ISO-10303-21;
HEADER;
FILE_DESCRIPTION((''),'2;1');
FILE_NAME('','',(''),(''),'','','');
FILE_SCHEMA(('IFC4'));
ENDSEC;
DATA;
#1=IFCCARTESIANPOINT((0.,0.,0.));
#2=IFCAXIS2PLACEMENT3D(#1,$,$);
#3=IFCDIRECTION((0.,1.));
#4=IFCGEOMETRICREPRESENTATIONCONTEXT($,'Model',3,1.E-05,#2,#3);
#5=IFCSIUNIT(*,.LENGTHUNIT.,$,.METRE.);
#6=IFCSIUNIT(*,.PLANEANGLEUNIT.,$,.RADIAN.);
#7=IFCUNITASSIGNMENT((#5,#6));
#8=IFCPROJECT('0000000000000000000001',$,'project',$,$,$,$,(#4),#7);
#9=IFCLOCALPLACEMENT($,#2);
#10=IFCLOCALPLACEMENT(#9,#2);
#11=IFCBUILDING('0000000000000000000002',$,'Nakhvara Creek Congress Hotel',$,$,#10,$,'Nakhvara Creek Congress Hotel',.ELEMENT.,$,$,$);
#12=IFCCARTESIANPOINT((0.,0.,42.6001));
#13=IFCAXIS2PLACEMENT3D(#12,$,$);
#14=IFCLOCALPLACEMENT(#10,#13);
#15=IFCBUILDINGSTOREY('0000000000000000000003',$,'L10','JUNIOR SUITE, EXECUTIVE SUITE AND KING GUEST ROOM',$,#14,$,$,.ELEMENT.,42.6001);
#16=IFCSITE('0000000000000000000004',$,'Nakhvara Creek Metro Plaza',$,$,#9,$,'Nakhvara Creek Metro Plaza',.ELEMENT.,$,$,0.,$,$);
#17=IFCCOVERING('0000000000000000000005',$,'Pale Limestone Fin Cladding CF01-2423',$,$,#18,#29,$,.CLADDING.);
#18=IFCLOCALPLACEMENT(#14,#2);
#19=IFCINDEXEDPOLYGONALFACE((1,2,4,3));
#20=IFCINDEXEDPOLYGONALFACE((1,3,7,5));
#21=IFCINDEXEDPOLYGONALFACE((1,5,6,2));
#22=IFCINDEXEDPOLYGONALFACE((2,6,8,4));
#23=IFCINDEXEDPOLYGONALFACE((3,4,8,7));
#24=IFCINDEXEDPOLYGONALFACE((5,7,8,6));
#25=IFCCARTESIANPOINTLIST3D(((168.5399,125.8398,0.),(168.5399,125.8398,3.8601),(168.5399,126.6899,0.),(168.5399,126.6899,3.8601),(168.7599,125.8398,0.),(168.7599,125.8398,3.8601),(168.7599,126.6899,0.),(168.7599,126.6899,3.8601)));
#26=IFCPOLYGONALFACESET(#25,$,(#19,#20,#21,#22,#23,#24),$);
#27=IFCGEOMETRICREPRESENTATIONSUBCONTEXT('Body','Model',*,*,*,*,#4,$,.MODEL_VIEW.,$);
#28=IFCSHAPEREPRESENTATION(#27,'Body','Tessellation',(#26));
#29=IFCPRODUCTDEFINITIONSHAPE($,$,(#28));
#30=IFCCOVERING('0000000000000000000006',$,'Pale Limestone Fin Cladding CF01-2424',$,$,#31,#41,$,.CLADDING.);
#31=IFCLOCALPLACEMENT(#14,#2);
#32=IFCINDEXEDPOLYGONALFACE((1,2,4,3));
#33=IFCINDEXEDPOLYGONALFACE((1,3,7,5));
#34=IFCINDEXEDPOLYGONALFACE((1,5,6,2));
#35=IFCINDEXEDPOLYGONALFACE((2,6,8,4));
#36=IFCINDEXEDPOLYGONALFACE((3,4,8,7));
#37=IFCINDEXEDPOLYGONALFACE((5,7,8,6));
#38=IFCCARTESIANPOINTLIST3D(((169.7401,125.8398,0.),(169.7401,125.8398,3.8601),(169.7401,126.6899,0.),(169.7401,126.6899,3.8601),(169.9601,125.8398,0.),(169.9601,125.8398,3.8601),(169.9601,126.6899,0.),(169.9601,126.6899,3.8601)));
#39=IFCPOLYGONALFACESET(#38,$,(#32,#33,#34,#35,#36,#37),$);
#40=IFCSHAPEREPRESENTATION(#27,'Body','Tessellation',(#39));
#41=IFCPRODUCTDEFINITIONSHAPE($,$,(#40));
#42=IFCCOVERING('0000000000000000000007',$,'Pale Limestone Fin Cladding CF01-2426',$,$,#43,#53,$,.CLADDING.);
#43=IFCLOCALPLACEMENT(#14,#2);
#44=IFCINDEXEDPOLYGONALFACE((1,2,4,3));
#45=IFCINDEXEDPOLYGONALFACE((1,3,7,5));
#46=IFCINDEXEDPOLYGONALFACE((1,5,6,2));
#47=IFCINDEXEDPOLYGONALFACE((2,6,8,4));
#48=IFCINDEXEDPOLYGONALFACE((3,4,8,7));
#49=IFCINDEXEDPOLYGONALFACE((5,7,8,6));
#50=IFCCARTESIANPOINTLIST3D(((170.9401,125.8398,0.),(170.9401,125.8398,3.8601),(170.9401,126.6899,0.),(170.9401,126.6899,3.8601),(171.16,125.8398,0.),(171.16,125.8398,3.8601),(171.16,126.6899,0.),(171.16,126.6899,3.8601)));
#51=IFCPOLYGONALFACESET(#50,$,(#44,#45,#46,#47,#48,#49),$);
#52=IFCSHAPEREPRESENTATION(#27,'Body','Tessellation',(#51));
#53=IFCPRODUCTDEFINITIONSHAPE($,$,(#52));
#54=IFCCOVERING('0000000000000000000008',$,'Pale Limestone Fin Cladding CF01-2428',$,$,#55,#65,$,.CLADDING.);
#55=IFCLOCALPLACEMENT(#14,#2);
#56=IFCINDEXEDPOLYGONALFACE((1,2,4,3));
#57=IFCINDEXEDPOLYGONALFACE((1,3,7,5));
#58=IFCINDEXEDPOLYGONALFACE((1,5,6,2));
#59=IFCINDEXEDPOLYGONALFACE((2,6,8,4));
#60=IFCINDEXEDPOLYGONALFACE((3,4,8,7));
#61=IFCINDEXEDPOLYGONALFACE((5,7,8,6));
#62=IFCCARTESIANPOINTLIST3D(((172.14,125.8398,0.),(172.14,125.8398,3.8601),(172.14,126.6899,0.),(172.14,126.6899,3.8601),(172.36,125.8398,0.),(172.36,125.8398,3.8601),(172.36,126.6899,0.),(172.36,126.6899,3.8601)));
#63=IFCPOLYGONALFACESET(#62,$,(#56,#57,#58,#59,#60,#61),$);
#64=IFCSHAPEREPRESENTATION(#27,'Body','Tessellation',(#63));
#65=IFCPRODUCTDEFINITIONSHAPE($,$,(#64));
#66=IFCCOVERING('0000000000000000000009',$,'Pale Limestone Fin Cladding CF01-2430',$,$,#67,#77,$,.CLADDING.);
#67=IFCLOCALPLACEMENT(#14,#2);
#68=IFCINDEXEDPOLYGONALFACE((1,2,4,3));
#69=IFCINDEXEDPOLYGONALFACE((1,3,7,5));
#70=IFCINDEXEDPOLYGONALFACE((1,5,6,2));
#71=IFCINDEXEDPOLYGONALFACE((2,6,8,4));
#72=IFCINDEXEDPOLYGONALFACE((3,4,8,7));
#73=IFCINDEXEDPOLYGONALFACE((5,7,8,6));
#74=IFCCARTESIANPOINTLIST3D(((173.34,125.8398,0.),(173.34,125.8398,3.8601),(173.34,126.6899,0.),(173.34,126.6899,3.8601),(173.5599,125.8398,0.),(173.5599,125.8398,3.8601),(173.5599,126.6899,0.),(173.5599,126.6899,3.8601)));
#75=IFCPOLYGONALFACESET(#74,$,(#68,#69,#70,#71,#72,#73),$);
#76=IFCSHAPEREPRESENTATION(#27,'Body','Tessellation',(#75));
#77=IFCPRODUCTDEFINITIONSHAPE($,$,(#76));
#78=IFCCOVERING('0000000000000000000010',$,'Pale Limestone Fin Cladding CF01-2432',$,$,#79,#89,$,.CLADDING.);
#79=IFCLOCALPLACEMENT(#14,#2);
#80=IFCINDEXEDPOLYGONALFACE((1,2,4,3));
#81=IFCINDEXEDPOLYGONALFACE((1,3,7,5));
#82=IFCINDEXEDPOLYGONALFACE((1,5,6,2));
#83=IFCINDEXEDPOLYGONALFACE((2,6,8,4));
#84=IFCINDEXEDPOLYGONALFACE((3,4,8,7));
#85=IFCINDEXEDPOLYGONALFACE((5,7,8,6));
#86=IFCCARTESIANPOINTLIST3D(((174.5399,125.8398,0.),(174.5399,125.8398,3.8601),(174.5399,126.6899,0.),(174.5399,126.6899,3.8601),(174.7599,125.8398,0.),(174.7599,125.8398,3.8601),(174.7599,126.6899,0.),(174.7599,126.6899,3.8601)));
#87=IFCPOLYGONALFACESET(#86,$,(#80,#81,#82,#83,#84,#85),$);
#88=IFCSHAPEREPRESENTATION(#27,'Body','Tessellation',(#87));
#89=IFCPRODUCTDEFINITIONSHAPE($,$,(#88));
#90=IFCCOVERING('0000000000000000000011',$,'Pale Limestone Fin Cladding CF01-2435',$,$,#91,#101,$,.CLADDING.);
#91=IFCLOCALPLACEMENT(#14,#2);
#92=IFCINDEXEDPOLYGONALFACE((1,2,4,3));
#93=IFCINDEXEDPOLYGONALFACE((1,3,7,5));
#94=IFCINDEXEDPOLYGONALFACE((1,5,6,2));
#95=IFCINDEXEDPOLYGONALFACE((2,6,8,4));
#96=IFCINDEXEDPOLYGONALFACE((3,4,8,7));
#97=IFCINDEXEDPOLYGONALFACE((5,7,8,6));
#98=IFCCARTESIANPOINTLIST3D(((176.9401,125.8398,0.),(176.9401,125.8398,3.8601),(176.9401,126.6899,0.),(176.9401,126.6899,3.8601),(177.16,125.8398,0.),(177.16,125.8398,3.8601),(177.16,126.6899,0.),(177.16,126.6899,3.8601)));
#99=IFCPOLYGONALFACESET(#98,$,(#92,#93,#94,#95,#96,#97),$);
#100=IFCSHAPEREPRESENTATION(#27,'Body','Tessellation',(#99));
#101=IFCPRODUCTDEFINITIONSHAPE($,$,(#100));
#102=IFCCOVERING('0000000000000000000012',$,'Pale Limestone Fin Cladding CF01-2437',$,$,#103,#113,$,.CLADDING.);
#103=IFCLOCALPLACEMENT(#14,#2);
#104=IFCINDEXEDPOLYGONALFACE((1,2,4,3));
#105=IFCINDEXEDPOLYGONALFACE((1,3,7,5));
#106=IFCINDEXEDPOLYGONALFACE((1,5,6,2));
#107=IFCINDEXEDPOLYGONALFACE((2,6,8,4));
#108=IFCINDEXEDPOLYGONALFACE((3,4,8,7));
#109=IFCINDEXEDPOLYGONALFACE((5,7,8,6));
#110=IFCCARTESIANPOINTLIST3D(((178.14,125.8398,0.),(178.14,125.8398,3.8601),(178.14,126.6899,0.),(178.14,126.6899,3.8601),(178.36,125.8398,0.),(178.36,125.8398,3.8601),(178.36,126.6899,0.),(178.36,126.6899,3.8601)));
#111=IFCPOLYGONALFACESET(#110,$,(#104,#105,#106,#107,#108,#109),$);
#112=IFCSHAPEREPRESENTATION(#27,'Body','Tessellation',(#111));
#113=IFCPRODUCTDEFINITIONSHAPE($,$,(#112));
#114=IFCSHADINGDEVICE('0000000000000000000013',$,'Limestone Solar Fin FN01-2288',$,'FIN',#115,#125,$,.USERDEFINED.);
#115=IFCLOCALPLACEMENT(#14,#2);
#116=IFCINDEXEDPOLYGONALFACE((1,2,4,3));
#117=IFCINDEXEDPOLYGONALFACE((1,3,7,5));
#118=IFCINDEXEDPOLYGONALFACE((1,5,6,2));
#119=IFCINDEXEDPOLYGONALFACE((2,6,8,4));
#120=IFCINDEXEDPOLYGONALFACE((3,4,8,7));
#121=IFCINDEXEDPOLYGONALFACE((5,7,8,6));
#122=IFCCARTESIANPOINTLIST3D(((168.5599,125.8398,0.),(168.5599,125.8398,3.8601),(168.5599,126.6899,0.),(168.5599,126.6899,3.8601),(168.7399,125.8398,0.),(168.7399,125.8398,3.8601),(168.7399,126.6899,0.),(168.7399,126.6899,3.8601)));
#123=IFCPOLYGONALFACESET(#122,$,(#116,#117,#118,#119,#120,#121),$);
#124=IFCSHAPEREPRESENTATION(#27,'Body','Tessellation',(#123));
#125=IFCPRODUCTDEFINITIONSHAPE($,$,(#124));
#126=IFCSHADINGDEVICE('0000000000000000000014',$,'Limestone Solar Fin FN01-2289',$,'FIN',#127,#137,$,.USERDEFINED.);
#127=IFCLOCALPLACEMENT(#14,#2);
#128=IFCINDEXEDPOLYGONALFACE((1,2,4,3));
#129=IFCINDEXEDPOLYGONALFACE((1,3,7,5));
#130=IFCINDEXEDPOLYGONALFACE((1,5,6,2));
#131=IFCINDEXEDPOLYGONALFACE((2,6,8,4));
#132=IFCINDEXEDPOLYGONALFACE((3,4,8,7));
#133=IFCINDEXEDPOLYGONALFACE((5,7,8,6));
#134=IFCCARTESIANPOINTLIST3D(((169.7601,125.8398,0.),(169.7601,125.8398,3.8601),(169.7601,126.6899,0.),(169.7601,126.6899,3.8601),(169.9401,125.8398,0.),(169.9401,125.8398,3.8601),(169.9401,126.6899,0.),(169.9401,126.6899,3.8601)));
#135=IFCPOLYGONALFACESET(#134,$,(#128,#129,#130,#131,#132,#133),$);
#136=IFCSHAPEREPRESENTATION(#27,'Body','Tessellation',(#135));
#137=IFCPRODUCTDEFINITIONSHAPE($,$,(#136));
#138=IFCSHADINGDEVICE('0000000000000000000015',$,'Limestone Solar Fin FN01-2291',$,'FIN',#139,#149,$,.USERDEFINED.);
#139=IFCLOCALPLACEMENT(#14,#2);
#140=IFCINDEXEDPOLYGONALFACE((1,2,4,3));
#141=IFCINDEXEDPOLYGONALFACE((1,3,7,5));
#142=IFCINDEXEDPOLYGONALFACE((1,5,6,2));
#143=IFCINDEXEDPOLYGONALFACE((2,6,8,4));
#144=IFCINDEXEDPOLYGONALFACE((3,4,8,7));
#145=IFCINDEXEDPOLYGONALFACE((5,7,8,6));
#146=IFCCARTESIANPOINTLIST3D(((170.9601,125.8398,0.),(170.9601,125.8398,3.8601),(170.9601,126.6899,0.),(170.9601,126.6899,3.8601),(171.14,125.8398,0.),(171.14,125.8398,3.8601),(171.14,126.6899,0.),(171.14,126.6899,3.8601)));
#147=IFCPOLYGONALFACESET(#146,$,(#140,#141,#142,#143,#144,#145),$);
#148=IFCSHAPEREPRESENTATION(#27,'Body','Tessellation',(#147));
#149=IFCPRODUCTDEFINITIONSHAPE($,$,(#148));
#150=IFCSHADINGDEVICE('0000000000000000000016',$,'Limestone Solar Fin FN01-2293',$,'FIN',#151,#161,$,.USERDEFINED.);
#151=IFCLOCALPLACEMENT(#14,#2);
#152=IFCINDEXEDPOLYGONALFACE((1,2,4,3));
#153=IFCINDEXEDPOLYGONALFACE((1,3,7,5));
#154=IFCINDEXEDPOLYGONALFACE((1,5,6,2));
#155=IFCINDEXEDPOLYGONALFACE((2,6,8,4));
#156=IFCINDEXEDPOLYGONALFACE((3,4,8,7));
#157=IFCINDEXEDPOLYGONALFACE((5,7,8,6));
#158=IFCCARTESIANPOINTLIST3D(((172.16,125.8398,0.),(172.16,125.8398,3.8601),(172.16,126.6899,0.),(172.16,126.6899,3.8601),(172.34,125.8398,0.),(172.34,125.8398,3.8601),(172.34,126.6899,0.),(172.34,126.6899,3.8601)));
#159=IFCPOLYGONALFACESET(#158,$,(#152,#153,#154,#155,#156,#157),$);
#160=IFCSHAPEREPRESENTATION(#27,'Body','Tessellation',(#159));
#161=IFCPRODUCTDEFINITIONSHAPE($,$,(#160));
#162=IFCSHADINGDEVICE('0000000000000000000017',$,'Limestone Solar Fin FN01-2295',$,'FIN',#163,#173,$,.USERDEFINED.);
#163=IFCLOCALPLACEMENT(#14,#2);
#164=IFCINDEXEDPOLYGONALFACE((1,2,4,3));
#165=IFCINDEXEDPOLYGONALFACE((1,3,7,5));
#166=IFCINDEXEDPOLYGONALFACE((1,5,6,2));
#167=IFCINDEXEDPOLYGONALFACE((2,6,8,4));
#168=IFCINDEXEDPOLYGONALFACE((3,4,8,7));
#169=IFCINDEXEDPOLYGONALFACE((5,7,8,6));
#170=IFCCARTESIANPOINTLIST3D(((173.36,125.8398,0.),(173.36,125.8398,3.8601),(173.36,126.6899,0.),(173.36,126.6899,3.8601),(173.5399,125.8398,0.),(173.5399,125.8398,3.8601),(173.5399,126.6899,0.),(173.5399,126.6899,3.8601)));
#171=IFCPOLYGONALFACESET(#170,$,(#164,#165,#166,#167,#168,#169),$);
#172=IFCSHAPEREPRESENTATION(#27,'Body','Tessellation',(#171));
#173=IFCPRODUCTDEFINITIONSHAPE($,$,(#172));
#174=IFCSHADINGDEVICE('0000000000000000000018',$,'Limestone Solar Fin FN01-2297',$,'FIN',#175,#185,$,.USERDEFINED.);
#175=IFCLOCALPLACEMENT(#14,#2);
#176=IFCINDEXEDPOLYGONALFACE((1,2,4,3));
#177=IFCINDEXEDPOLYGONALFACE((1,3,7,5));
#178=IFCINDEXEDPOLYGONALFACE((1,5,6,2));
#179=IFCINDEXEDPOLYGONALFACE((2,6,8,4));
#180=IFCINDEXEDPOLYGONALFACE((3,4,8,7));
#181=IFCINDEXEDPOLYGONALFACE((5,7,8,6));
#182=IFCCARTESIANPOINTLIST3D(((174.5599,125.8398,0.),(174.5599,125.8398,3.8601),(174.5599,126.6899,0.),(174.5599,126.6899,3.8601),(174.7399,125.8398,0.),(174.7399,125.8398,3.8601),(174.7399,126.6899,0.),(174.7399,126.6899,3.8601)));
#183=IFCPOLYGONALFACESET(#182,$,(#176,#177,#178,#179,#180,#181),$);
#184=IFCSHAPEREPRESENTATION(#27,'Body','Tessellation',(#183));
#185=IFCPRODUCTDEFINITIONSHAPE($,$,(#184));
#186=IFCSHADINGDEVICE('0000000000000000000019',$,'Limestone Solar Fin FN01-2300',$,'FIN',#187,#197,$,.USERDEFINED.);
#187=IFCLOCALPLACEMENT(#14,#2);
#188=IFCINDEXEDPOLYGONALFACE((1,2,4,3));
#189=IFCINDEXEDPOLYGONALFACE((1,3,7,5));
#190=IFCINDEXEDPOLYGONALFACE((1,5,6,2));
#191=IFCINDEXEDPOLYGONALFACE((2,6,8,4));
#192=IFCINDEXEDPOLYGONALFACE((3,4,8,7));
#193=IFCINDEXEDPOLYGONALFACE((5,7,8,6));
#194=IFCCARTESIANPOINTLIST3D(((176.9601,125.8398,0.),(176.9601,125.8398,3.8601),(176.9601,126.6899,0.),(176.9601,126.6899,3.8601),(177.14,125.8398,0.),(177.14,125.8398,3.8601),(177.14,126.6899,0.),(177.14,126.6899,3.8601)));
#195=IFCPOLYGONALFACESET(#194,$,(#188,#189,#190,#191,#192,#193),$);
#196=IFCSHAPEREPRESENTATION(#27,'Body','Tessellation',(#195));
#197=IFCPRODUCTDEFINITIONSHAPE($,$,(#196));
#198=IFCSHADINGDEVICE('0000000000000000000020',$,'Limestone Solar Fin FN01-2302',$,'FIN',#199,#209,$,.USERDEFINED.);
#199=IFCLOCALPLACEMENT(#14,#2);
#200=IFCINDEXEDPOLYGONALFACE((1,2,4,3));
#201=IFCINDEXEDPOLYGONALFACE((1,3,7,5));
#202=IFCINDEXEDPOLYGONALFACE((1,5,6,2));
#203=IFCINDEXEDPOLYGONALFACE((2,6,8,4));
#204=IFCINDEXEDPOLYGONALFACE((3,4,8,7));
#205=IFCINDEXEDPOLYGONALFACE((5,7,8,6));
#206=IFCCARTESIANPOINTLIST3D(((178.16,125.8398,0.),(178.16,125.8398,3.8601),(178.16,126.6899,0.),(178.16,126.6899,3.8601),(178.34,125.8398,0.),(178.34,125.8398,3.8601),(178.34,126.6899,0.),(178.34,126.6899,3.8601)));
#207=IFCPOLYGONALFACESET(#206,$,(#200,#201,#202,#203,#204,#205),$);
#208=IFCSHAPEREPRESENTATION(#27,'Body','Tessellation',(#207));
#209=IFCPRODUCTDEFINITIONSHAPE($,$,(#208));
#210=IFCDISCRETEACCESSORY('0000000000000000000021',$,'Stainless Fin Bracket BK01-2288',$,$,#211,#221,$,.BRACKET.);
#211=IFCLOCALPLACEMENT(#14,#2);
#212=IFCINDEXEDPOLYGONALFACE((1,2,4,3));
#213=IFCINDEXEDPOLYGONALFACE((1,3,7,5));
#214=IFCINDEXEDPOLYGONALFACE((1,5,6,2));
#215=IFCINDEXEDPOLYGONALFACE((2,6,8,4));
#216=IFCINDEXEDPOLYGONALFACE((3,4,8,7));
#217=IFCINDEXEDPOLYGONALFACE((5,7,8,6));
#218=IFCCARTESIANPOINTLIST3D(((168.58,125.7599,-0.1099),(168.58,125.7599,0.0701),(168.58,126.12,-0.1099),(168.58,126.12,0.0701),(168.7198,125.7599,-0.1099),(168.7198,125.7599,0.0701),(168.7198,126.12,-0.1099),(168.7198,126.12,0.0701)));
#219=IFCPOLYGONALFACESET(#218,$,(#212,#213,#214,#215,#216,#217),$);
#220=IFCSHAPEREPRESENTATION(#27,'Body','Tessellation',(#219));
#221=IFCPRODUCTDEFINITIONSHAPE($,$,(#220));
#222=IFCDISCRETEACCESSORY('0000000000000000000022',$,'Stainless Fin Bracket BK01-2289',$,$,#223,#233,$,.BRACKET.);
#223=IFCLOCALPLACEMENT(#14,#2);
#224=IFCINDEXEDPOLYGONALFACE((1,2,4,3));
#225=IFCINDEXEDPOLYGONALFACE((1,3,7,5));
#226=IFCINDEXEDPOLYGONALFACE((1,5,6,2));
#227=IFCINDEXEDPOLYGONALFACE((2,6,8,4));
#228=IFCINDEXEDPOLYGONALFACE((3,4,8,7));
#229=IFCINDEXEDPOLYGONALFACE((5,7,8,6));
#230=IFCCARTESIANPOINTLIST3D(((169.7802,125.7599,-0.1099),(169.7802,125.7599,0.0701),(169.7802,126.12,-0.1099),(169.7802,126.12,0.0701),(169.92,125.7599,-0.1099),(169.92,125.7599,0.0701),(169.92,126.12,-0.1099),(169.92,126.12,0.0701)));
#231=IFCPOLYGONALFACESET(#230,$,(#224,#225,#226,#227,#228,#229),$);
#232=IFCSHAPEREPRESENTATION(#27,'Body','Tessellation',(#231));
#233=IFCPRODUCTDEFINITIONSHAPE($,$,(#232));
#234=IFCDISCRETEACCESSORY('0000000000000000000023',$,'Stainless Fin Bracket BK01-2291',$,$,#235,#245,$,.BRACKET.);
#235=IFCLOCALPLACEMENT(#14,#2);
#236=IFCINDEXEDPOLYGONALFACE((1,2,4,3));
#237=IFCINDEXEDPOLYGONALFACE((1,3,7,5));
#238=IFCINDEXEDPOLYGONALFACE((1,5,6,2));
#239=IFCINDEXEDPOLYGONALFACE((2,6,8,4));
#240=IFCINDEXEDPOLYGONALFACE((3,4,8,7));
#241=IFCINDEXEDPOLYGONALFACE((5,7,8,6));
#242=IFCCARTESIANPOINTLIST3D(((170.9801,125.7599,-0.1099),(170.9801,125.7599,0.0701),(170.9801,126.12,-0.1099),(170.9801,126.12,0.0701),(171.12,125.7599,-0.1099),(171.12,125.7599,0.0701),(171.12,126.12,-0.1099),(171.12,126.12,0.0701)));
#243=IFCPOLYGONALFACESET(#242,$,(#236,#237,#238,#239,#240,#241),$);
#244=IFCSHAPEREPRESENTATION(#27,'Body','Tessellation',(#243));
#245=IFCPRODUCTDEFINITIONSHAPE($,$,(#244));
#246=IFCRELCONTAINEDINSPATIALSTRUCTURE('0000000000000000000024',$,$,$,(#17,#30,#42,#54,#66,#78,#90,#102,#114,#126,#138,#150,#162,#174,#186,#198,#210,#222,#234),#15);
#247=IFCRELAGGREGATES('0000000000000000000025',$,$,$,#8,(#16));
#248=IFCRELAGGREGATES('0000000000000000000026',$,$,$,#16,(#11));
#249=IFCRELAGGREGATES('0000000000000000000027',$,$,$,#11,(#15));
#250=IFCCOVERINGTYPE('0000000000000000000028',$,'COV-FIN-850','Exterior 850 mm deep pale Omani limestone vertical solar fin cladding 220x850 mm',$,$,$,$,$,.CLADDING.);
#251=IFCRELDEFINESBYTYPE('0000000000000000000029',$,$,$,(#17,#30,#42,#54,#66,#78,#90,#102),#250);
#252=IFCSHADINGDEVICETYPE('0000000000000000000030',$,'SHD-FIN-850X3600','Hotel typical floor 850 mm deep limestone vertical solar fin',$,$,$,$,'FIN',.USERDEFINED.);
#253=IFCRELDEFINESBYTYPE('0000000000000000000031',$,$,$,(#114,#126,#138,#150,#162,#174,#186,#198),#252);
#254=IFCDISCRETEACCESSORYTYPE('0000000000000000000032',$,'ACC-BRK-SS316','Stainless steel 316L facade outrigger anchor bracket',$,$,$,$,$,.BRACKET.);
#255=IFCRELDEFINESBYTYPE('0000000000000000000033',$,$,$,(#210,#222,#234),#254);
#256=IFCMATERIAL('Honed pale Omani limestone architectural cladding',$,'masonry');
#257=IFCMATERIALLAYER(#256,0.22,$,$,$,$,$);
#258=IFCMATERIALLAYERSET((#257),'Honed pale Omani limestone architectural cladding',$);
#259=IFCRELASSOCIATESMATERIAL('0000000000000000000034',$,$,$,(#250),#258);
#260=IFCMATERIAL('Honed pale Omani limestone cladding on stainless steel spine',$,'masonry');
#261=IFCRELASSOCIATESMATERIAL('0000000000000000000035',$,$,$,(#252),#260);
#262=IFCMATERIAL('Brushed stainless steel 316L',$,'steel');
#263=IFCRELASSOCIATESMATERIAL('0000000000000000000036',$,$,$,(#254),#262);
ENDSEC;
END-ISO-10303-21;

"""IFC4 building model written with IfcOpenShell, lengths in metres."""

from ifc_helpers import new_model, si_unit, direction, frame, origin, origin_2d, place, context, subcontext, project, spatial, rectangle, extrude, material, layer, layer_set, type_object, element, save


model = new_model("IFC4")

# Units and contexts
model_context = context("Model", 3, precision=1e-05, world=origin(), true_north=direction((0.0, 1.0)))
body_context = subcontext(model_context, "Body", "Model", "MODEL_VIEW")
ifc_project = project(units=[si_unit("LENGTHUNIT", "METRE"), si_unit("PLANEANGLEUNIT", "RADIAN")], contexts=[model_context])

# Site, building, storey
site_placement = place(None, origin())
site = spatial("IfcSite", under=ifc_project, at=site_placement, Name="Nakhvara Creek Metro Plaza", LongName="Nakhvara Creek Metro Plaza", CompositionType="ELEMENT", RefElevation=0.0)
building_placement = place(site_placement, origin())
building = spatial("IfcBuilding", under=site, at=building_placement, Name="Nakhvara Creek Congress Hotel", LongName="Nakhvara Creek Congress Hotel", CompositionType="ELEMENT")
storey_placement = place(building_placement, frame((0.0, 0.0, 42.6001)))
storey = spatial("IfcBuildingStorey", under=building, at=storey_placement, Name="L10", Description="JUNIOR SUITE, EXECUTIVE SUITE AND KING GUEST ROOM", CompositionType="ELEMENT", Elevation=42.6001)

# Coverings
ifc_material_1 = material(Name="Honed pale Omani limestone architectural cladding", Category="masonry")
ifc_layer_1 = layer(ifc_material_1, 0.22)
ifc_layer_set_1 = layer_set([ifc_layer_1], Name="Honed pale Omani limestone architectural cladding")
covering_type = type_object("IfcCoveringType", Name="COV-FIN-850", Description="Exterior 850 mm deep pale Omani limestone vertical solar fin cladding 220x850 mm", PredefinedType="CLADDING", material=ifc_layer_set_1)
for number, where, z_axis, x_axis, name in (
    (1, (168.6499, 126.2649, 0.0), (0.0, 0.0, 1.0), (1.0, 0.0, 0.0), "Pale Limestone Fin Cladding CF01-2423"),
    (2, (169.8501, 126.2649, 0.0), (0.0, 0.0, 1.0), (1.0, 0.0, 0.0), "Pale Limestone Fin Cladding CF01-2424"),
    (3, (171.05, 126.2649, 0.0), (0.0, 0.0, 1.0), (1.0, 0.0, 0.0), "Pale Limestone Fin Cladding CF01-2426"),
    (4, (172.25, 126.2649, 0.0), (0.0, 0.0, 1.0), (1.0, 0.0, 0.0), "Pale Limestone Fin Cladding CF01-2428"),
    (5, (173.45, 126.2649, 0.0), (0.0, 0.0, 1.0), (1.0, 0.0, 0.0), "Pale Limestone Fin Cladding CF01-2430"),
    (6, (174.6499, 126.2649, 0.0), (0.0, 0.0, 1.0), (1.0, 0.0, 0.0), "Pale Limestone Fin Cladding CF01-2432"),
    (7, (177.05, 126.2649, 0.0), (0.0, 0.0, 1.0), (1.0, 0.0, 0.0), "Pale Limestone Fin Cladding CF01-2435"),
    (8, (178.25, 126.2649, 0.0), (0.0, 0.0, 1.0), (1.0, 0.0, 0.0), "Pale Limestone Fin Cladding CF01-2437"),
):
    element("IfcCovering", number, at=place(storey_placement, frame(where, z_axis=z_axis, x_axis=x_axis)), inside=storey, type_object=covering_type, Name=name, PredefinedType="CLADDING", context=body_context, shape_type="SweptSolid", body=[
        extrude(rectangle(XDim=0.22, YDim=0.8501, at=origin_2d()), origin(), (0.0, 0.0, 1.0), 3.8601),
    ])

# Shading devices
ifc_material_2 = material(Name="Honed pale Omani limestone cladding on stainless steel spine", Category="masonry")
shading_device_type = type_object("IfcShadingDeviceType", Name="SHD-FIN-850X3600", Description="Hotel typical floor 850 mm deep limestone vertical solar fin", ElementType="FIN", PredefinedType="USERDEFINED", material=ifc_material_2)
for number, where, z_axis, x_axis, name in (
    (9, (168.6499, 126.2649, 0.0), (0.0, 0.0, 1.0), (1.0, 0.0, 0.0), "Limestone Solar Fin FN01-2288"),
    (10, (169.8501, 126.2649, 0.0), (0.0, 0.0, 1.0), (1.0, 0.0, 0.0), "Limestone Solar Fin FN01-2289"),
    (11, (171.05, 126.2649, 0.0), (0.0, 0.0, 1.0), (1.0, 0.0, 0.0), "Limestone Solar Fin FN01-2291"),
    (12, (172.25, 126.2649, 0.0), (0.0, 0.0, 1.0), (1.0, 0.0, 0.0), "Limestone Solar Fin FN01-2293"),
    (13, (173.45, 126.2649, 0.0), (0.0, 0.0, 1.0), (1.0, 0.0, 0.0), "Limestone Solar Fin FN01-2295"),
    (14, (174.6499, 126.2649, 0.0), (0.0, 0.0, 1.0), (1.0, 0.0, 0.0), "Limestone Solar Fin FN01-2297"),
    (15, (177.05, 126.2649, 0.0), (0.0, 0.0, 1.0), (1.0, 0.0, 0.0), "Limestone Solar Fin FN01-2300"),
    (16, (178.25, 126.2649, 0.0), (0.0, 0.0, 1.0), (1.0, 0.0, 0.0), "Limestone Solar Fin FN01-2302"),
):
    element("IfcShadingDevice", number, at=place(storey_placement, frame(where, z_axis=z_axis, x_axis=x_axis)), inside=storey, type_object=shading_device_type, Name=name, ObjectType="FIN", PredefinedType="USERDEFINED", context=body_context, shape_type="SweptSolid", body=[
        extrude(rectangle(XDim=0.1799, YDim=0.8501, at=origin_2d()), origin(), (0.0, 0.0, 1.0), 3.8601),
    ])

# Discrete accessories
ifc_material_3 = material(Name="Brushed stainless steel 316L", Category="steel")
discrete_accessory_type = type_object("IfcDiscreteAccessoryType", Name="ACC-BRK-SS316", Description="Stainless steel 316L facade outrigger anchor bracket", PredefinedType="BRACKET", material=ifc_material_3)
for number, where, z_axis, x_axis, name in (
    (17, (168.6499, 125.9399, -0.1099), (0.0, 0.0, 1.0), (1.0, 0.0, 0.0), "Stainless Fin Bracket BK01-2288"),
    (18, (169.8501, 125.9399, -0.1099), (0.0, 0.0, 1.0), (1.0, 0.0, 0.0), "Stainless Fin Bracket BK01-2289"),
    (19, (171.05, 125.9399, -0.1099), (0.0, 0.0, 1.0), (1.0, 0.0, 0.0), "Stainless Fin Bracket BK01-2291"),
):
    element("IfcDiscreteAccessory", number, at=place(storey_placement, frame(where, z_axis=z_axis, x_axis=x_axis)), inside=storey, type_object=discrete_accessory_type, Name=name, PredefinedType="BRACKET", context=body_context, shape_type="SweptSolid", body=[
        extrude(rectangle(XDim=0.1399, YDim=0.3601, at=origin_2d()), origin(), (0.0, 0.0, 1.0), 0.1799),
    ])

save(model, "model.ifc")
